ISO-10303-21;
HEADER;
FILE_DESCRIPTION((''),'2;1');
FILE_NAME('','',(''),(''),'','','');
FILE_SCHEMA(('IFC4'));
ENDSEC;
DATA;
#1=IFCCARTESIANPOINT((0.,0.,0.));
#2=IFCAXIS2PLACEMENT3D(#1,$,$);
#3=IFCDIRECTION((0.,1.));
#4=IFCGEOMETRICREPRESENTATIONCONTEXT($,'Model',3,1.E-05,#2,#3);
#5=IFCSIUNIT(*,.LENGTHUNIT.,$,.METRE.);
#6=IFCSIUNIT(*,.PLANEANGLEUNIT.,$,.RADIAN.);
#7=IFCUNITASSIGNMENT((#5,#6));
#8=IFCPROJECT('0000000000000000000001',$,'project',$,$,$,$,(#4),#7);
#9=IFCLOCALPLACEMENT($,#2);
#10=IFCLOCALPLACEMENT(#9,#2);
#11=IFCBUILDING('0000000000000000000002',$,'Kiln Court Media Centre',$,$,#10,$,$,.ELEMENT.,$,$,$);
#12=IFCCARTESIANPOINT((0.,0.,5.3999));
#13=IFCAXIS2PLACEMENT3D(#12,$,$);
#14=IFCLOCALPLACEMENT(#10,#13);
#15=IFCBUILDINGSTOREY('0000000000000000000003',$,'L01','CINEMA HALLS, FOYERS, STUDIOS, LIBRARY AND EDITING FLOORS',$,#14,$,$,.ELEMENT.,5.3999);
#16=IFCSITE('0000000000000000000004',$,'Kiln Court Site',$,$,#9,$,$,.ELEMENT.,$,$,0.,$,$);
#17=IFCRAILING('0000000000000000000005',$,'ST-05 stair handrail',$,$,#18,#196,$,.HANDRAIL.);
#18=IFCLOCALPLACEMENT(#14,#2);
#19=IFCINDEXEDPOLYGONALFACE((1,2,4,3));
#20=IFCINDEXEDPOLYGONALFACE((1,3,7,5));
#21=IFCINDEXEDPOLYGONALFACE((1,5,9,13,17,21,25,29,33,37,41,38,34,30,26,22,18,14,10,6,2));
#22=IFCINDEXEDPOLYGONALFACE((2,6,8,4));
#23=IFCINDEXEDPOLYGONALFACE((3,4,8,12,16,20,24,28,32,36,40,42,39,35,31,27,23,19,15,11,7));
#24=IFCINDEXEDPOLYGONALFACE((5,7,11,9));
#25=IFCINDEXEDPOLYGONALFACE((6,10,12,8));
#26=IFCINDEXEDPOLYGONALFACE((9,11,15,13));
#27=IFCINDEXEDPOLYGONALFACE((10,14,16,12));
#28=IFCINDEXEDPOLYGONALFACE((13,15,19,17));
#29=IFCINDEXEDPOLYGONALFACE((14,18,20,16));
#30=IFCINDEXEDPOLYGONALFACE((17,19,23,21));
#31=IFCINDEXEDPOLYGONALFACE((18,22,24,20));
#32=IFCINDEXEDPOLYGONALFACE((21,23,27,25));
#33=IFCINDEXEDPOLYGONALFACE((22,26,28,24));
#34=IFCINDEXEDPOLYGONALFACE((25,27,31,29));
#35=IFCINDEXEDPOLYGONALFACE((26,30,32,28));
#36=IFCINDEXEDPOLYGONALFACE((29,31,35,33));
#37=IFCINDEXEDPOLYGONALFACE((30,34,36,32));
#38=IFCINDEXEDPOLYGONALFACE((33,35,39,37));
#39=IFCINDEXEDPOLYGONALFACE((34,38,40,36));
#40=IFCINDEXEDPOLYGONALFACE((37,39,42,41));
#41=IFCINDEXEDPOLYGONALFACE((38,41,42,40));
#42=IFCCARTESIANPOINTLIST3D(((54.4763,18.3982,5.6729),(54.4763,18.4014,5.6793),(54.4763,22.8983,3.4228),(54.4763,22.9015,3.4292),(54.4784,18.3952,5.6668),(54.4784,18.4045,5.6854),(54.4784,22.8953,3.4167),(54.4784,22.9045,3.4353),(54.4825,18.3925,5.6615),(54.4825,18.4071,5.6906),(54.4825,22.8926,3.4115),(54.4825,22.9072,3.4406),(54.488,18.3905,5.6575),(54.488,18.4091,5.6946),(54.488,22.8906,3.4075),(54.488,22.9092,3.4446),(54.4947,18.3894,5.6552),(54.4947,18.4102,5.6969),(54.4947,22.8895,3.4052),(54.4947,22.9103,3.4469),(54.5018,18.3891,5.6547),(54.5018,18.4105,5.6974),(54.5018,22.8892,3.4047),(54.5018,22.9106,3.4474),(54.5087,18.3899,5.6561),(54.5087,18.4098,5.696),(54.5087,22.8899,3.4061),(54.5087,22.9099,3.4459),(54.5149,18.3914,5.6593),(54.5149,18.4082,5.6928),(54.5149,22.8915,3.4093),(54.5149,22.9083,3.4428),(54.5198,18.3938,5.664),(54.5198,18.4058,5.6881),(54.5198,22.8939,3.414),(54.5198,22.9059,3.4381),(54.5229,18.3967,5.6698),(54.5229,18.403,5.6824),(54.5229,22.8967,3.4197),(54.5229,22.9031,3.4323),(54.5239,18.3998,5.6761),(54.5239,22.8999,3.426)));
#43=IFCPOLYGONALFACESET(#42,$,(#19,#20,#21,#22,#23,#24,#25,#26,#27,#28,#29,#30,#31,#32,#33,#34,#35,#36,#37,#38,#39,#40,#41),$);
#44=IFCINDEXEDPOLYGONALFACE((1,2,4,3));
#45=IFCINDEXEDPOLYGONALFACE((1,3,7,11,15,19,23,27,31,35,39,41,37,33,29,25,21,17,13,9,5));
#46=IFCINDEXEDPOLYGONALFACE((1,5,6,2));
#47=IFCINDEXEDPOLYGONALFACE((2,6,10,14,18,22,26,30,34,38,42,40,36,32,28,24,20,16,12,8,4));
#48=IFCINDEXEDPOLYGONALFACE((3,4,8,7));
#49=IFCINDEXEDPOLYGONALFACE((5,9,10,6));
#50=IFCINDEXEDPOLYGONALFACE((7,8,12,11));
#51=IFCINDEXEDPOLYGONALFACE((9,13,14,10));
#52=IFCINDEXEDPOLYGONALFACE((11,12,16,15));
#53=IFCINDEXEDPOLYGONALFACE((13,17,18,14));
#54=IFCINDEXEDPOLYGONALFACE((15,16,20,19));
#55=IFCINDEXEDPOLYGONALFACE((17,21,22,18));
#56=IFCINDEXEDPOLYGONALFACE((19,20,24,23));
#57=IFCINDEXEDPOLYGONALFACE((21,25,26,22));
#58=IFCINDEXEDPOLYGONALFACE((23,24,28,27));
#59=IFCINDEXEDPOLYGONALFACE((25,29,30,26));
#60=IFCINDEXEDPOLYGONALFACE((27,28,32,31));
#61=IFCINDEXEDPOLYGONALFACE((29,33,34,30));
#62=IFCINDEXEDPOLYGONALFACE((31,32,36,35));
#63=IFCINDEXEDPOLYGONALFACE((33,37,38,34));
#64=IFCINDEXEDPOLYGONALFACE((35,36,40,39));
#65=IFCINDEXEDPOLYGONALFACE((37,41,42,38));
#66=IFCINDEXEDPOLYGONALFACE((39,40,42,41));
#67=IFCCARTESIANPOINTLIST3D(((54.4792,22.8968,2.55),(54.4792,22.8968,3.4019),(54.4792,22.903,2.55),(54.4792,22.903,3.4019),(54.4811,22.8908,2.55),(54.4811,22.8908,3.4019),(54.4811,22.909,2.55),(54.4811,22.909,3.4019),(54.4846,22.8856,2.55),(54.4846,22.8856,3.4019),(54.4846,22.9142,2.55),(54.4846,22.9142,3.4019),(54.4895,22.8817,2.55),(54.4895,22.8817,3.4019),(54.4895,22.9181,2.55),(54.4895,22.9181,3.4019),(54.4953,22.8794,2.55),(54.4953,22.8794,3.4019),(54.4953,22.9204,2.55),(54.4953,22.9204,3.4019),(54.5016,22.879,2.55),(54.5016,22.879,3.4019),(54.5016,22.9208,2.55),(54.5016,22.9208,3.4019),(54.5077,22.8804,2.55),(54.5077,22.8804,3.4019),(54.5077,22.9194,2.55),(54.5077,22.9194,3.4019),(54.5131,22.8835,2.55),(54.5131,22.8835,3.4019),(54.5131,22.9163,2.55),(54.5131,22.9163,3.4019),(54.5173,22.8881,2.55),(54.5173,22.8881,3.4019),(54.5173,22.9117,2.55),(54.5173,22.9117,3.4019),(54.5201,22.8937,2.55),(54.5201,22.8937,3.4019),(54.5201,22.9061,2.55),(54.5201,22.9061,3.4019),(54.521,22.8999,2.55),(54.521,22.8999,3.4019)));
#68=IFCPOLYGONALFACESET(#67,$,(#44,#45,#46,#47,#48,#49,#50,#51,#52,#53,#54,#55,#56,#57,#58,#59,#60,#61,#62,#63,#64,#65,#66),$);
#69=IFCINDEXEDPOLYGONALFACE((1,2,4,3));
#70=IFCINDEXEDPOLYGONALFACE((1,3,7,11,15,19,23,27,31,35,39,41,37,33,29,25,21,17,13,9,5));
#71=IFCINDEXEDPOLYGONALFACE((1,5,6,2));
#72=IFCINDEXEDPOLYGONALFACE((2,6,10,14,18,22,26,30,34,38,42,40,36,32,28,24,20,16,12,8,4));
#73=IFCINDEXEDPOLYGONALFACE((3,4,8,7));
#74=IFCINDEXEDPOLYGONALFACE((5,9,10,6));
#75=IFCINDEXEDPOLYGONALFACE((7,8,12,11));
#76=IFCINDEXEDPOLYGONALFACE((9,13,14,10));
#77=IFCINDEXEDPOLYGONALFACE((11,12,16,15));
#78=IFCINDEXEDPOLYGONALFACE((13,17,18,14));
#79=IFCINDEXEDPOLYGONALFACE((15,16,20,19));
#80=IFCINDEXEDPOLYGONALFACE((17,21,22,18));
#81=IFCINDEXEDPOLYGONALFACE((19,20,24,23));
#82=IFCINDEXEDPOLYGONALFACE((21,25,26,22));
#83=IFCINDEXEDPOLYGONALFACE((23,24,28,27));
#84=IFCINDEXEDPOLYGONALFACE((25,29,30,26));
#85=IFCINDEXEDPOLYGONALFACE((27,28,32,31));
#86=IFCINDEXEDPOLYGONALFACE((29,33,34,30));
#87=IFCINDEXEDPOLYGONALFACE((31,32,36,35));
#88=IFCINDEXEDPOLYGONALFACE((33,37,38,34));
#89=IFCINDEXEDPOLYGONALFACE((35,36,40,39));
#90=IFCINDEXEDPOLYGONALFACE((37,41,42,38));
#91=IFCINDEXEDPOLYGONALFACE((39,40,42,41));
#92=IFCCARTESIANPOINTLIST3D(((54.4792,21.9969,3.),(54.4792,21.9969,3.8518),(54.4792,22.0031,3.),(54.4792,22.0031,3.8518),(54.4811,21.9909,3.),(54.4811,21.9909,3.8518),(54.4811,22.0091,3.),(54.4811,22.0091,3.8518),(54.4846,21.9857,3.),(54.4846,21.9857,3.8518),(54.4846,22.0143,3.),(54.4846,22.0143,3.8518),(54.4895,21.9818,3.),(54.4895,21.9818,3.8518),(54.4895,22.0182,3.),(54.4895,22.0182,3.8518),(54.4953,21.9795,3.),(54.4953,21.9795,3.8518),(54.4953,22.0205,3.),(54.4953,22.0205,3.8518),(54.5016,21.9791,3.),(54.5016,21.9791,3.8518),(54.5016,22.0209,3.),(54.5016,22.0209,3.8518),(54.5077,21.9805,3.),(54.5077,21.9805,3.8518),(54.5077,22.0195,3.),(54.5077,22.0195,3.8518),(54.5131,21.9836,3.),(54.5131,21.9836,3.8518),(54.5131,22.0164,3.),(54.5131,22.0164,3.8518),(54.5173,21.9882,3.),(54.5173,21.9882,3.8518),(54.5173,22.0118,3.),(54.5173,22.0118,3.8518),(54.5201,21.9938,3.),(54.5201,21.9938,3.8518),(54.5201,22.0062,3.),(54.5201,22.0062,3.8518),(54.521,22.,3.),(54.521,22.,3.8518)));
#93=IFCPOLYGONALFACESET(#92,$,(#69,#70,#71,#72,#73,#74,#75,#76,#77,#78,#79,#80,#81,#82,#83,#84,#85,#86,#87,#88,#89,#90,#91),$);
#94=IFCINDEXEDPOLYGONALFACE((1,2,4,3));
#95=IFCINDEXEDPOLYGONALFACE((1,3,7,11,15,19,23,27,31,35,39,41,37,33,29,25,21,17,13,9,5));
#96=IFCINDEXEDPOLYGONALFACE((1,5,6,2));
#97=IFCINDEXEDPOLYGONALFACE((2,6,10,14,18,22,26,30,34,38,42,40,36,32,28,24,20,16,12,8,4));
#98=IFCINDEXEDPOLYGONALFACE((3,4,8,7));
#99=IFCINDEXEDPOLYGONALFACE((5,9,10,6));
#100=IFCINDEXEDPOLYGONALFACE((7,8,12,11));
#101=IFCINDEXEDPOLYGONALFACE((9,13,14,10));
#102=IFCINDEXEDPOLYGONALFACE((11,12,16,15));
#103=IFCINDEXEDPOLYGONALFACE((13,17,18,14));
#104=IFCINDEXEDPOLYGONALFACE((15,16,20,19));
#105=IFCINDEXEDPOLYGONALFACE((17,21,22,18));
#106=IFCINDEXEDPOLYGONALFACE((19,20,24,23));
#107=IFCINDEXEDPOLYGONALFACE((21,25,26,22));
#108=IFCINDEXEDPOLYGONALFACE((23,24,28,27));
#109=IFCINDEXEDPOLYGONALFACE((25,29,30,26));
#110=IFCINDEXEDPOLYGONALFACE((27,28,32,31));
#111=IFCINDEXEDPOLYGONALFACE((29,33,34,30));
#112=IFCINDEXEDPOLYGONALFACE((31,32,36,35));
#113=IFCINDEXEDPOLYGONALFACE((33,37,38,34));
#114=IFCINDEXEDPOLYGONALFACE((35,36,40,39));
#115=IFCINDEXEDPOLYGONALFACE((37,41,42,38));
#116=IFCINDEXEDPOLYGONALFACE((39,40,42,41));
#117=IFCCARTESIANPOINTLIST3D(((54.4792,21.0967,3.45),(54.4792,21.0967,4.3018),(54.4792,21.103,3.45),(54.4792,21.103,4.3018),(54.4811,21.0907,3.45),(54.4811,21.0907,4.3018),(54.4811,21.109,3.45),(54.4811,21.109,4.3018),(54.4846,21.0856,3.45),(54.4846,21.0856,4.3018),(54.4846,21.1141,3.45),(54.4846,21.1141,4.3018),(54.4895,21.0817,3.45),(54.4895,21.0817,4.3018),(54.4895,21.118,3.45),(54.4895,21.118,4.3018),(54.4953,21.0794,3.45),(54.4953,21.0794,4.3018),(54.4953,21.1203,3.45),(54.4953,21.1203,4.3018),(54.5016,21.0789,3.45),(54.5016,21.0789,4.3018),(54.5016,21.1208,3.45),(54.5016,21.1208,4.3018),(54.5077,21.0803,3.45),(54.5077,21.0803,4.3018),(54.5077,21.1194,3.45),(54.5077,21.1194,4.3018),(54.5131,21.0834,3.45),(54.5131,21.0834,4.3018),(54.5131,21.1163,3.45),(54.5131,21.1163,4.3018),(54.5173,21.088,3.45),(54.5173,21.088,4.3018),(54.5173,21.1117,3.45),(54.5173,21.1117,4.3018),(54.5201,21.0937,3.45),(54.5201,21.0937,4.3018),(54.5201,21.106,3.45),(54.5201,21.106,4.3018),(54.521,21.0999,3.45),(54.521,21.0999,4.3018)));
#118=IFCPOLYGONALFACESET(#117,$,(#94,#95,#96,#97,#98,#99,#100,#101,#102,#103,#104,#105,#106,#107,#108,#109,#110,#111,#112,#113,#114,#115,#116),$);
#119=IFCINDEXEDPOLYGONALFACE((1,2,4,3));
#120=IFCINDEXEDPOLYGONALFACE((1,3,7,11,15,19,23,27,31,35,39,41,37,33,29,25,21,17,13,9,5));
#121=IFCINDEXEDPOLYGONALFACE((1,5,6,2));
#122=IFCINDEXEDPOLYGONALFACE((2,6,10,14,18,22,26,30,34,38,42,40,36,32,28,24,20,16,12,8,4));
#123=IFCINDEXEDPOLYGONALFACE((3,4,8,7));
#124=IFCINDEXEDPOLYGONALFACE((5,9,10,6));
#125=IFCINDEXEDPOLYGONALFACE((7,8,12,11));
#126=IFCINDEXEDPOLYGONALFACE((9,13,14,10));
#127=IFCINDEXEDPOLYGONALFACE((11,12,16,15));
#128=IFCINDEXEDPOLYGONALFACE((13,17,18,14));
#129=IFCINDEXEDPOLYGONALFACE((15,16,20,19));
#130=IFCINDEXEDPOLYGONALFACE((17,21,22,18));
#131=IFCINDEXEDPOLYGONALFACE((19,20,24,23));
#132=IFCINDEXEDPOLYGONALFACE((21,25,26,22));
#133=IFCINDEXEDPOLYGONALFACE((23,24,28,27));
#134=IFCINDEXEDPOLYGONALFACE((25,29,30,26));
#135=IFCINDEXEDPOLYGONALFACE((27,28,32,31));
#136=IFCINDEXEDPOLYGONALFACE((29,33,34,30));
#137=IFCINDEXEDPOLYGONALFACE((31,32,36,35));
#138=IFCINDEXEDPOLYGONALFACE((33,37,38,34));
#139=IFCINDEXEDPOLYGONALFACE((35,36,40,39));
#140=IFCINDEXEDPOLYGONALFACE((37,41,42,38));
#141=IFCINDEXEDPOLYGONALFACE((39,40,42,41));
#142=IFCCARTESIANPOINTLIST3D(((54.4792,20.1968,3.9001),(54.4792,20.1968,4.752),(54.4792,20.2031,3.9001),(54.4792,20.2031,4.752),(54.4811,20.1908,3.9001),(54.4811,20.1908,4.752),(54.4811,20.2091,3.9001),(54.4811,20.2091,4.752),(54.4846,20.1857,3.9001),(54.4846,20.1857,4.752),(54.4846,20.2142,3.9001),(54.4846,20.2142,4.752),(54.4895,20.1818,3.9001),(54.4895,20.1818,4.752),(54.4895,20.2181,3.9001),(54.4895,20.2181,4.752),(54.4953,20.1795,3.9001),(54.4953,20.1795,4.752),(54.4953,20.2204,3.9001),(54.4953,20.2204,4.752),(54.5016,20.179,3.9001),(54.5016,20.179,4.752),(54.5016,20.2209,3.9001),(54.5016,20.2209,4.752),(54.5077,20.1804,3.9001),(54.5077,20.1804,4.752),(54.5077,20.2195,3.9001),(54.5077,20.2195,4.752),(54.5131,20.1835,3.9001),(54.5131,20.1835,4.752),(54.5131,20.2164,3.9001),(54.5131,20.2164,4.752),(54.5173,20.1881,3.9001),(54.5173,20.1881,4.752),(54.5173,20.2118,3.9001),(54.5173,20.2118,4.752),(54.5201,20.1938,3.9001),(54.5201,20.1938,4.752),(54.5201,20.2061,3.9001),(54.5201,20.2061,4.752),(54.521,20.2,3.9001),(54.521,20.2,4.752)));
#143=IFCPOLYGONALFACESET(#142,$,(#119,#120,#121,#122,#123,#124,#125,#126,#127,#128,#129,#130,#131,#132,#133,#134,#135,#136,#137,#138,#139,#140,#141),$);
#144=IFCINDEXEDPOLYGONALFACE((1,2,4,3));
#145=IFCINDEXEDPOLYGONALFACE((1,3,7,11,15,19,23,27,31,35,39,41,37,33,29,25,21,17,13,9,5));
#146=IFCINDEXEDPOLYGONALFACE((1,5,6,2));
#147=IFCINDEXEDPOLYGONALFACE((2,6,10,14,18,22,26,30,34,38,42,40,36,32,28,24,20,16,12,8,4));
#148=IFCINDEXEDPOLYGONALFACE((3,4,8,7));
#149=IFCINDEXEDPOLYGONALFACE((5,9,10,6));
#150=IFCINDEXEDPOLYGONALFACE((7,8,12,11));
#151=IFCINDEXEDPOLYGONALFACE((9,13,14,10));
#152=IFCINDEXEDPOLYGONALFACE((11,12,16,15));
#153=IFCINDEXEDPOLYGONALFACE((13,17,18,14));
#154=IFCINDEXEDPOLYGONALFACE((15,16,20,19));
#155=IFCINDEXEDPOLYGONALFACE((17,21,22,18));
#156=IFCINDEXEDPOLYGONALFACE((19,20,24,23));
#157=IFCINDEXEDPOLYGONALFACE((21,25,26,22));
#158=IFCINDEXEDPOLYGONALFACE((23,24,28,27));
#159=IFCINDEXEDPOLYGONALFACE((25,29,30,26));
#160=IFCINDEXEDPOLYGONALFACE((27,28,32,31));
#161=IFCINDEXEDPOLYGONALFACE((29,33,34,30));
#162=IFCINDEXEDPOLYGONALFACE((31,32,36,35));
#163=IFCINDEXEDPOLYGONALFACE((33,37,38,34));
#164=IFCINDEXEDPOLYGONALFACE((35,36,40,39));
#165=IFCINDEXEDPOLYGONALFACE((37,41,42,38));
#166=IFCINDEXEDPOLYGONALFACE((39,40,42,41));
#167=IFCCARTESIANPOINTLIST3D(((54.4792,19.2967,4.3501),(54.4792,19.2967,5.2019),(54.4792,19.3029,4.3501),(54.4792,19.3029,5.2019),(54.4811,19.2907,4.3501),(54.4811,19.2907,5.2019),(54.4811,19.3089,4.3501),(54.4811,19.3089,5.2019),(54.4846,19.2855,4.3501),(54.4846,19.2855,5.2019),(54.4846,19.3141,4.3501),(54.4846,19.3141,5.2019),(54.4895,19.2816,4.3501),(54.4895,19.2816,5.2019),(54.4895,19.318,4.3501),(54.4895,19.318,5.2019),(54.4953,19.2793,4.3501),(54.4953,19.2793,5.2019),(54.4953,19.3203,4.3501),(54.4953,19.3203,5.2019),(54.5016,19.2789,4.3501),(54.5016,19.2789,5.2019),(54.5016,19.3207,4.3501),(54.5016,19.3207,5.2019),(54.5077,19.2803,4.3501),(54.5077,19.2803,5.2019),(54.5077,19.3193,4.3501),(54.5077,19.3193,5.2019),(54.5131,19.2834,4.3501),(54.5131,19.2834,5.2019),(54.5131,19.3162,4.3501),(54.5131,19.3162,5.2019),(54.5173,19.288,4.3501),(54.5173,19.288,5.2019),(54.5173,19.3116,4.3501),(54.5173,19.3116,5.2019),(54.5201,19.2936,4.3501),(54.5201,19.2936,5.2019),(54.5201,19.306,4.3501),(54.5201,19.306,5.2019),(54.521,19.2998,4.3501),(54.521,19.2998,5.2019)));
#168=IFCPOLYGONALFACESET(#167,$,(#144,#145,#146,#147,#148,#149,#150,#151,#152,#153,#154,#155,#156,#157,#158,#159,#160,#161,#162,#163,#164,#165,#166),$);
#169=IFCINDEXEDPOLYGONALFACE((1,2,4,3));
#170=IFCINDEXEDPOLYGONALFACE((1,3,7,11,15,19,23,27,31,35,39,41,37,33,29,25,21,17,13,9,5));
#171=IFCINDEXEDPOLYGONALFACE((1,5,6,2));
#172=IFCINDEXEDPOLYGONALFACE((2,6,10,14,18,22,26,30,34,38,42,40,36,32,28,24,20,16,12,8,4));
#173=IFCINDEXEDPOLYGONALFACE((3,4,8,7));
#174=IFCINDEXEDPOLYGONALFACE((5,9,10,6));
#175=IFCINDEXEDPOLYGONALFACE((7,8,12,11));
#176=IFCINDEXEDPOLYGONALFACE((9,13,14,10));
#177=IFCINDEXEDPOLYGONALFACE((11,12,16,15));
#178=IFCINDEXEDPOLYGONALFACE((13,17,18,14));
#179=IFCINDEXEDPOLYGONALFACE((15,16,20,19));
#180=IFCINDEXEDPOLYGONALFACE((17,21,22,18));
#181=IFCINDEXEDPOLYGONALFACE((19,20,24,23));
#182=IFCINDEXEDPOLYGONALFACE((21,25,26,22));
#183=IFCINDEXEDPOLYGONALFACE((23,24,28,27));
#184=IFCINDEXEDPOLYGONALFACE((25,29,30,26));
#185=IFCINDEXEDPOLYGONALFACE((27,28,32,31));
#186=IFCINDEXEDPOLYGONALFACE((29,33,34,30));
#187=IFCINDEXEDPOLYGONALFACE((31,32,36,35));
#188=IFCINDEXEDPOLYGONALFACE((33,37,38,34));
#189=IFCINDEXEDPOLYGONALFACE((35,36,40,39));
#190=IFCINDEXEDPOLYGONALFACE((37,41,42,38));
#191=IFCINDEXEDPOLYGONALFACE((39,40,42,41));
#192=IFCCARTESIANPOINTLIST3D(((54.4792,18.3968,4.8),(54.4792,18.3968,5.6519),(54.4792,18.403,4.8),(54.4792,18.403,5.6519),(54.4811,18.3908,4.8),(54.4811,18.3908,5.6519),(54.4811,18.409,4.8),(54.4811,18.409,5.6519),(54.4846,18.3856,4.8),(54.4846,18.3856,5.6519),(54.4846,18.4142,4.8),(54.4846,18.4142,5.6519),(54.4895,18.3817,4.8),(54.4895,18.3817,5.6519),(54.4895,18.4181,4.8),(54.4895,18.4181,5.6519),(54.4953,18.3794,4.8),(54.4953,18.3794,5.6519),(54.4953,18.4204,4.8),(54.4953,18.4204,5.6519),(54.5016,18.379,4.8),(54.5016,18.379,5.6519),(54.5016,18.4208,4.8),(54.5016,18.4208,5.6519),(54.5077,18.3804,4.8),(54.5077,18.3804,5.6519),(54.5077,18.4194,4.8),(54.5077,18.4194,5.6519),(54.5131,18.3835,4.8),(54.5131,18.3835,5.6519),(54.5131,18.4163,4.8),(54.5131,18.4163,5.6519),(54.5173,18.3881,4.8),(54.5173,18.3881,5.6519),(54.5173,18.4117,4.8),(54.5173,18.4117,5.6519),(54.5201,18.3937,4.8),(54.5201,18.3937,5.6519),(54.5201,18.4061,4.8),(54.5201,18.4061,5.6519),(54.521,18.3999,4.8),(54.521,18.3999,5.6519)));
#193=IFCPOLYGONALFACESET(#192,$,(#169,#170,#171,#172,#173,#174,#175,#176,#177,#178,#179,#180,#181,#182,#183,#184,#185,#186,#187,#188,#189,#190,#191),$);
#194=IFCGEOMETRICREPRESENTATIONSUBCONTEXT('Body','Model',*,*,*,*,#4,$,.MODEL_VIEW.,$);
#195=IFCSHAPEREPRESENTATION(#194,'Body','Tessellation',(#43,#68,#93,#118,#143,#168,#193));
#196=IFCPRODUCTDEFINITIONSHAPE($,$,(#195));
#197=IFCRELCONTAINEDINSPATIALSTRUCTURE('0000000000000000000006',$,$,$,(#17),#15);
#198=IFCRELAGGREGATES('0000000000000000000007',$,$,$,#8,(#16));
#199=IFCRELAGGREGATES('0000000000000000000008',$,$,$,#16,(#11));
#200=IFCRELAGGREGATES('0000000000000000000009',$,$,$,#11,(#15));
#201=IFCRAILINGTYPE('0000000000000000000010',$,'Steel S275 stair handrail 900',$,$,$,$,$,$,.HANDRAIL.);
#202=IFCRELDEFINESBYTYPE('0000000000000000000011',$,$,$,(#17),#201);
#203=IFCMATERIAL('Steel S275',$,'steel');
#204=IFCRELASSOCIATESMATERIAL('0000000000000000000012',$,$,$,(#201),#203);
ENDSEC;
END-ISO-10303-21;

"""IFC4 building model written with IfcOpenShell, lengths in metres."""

from ifc_helpers import new_model, si_unit, direction, frame, origin, origin_2d, place, context, subcontext, project, spatial, circle, extrude, material, type_object, element, save


model = new_model("IFC4")

# Units and contexts
model_context = context("Model", 3, precision=1e-05, world=origin(), true_north=direction((0.0, 1.0)))
body_context = subcontext(model_context, "Body", "Model", "MODEL_VIEW")
ifc_project = project(units=[si_unit("LENGTHUNIT", "METRE"), si_unit("PLANEANGLEUNIT", "RADIAN")], contexts=[model_context])

# Site, building, storey
site_placement = place(None, origin())
site = spatial("IfcSite", under=ifc_project, at=site_placement, Name="Kiln Court Site", CompositionType="ELEMENT", RefElevation=0.0)
building_placement = place(site_placement, origin())
building = spatial("IfcBuilding", under=site, at=building_placement, Name="Kiln Court Media Centre", CompositionType="ELEMENT")
storey_placement = place(building_placement, frame((0.0, 0.0, 5.3999)))
storey = spatial("IfcBuildingStorey", under=building, at=storey_placement, Name="L01", Description="CINEMA HALLS, FOYERS, STUDIOS, LIBRARY AND EDITING FLOORS", CompositionType="ELEMENT", Elevation=5.3999)

# Railing
ifc_material_1 = material(Name="Steel S275", Category="steel")
railing_type_1 = type_object("IfcRailingType", Name="Steel S275 stair handrail 900", PredefinedType="HANDRAIL", material=ifc_material_1)
railing_placement = place(storey_placement, frame((54.5, 22.8999, 2.55)))
element("IfcRailing", 1, at=railing_placement, inside=storey, type_object=railing_type_1, Name="ST-05 stair handrail", PredefinedType="HANDRAIL", context=body_context, shape_type="SweptSolid", body=[
    extrude(circle(Radius=0.0239, at=origin_2d()), frame((0.0, 0.0, 0.876), z_axis=(0.0, -0.894427, 0.447214), x_axis=(1.0, 0.0, 0.0)), (0.0, 0.0, 1.0), 5.0312),
    extrude(circle(Radius=0.021, at=origin_2d()), origin(), (0.0, 0.0, 1.0), 0.8518),
    extrude(circle(Radius=0.021, at=origin_2d()), frame((0.0, -0.8999, 0.45)), (0.0, 0.0, 1.0), 0.8518),
    extrude(circle(Radius=0.021, at=origin_2d()), frame((0.0, -1.8, 0.8999)), (0.0, 0.0, 1.0), 0.8518),
    extrude(circle(Radius=0.021, at=origin_2d()), frame((0.0, -2.7, 1.3501)), (0.0, 0.0, 1.0), 0.8518),
    extrude(circle(Radius=0.021, at=origin_2d()), frame((0.0, -3.6001, 1.8)), (0.0, 0.0, 1.0), 0.8518),
    extrude(circle(Radius=0.021, at=origin_2d()), frame((0.0, -4.5, 2.25)), (0.0, 0.0, 1.0), 0.8518),
])

save(model, "model.ifc")
